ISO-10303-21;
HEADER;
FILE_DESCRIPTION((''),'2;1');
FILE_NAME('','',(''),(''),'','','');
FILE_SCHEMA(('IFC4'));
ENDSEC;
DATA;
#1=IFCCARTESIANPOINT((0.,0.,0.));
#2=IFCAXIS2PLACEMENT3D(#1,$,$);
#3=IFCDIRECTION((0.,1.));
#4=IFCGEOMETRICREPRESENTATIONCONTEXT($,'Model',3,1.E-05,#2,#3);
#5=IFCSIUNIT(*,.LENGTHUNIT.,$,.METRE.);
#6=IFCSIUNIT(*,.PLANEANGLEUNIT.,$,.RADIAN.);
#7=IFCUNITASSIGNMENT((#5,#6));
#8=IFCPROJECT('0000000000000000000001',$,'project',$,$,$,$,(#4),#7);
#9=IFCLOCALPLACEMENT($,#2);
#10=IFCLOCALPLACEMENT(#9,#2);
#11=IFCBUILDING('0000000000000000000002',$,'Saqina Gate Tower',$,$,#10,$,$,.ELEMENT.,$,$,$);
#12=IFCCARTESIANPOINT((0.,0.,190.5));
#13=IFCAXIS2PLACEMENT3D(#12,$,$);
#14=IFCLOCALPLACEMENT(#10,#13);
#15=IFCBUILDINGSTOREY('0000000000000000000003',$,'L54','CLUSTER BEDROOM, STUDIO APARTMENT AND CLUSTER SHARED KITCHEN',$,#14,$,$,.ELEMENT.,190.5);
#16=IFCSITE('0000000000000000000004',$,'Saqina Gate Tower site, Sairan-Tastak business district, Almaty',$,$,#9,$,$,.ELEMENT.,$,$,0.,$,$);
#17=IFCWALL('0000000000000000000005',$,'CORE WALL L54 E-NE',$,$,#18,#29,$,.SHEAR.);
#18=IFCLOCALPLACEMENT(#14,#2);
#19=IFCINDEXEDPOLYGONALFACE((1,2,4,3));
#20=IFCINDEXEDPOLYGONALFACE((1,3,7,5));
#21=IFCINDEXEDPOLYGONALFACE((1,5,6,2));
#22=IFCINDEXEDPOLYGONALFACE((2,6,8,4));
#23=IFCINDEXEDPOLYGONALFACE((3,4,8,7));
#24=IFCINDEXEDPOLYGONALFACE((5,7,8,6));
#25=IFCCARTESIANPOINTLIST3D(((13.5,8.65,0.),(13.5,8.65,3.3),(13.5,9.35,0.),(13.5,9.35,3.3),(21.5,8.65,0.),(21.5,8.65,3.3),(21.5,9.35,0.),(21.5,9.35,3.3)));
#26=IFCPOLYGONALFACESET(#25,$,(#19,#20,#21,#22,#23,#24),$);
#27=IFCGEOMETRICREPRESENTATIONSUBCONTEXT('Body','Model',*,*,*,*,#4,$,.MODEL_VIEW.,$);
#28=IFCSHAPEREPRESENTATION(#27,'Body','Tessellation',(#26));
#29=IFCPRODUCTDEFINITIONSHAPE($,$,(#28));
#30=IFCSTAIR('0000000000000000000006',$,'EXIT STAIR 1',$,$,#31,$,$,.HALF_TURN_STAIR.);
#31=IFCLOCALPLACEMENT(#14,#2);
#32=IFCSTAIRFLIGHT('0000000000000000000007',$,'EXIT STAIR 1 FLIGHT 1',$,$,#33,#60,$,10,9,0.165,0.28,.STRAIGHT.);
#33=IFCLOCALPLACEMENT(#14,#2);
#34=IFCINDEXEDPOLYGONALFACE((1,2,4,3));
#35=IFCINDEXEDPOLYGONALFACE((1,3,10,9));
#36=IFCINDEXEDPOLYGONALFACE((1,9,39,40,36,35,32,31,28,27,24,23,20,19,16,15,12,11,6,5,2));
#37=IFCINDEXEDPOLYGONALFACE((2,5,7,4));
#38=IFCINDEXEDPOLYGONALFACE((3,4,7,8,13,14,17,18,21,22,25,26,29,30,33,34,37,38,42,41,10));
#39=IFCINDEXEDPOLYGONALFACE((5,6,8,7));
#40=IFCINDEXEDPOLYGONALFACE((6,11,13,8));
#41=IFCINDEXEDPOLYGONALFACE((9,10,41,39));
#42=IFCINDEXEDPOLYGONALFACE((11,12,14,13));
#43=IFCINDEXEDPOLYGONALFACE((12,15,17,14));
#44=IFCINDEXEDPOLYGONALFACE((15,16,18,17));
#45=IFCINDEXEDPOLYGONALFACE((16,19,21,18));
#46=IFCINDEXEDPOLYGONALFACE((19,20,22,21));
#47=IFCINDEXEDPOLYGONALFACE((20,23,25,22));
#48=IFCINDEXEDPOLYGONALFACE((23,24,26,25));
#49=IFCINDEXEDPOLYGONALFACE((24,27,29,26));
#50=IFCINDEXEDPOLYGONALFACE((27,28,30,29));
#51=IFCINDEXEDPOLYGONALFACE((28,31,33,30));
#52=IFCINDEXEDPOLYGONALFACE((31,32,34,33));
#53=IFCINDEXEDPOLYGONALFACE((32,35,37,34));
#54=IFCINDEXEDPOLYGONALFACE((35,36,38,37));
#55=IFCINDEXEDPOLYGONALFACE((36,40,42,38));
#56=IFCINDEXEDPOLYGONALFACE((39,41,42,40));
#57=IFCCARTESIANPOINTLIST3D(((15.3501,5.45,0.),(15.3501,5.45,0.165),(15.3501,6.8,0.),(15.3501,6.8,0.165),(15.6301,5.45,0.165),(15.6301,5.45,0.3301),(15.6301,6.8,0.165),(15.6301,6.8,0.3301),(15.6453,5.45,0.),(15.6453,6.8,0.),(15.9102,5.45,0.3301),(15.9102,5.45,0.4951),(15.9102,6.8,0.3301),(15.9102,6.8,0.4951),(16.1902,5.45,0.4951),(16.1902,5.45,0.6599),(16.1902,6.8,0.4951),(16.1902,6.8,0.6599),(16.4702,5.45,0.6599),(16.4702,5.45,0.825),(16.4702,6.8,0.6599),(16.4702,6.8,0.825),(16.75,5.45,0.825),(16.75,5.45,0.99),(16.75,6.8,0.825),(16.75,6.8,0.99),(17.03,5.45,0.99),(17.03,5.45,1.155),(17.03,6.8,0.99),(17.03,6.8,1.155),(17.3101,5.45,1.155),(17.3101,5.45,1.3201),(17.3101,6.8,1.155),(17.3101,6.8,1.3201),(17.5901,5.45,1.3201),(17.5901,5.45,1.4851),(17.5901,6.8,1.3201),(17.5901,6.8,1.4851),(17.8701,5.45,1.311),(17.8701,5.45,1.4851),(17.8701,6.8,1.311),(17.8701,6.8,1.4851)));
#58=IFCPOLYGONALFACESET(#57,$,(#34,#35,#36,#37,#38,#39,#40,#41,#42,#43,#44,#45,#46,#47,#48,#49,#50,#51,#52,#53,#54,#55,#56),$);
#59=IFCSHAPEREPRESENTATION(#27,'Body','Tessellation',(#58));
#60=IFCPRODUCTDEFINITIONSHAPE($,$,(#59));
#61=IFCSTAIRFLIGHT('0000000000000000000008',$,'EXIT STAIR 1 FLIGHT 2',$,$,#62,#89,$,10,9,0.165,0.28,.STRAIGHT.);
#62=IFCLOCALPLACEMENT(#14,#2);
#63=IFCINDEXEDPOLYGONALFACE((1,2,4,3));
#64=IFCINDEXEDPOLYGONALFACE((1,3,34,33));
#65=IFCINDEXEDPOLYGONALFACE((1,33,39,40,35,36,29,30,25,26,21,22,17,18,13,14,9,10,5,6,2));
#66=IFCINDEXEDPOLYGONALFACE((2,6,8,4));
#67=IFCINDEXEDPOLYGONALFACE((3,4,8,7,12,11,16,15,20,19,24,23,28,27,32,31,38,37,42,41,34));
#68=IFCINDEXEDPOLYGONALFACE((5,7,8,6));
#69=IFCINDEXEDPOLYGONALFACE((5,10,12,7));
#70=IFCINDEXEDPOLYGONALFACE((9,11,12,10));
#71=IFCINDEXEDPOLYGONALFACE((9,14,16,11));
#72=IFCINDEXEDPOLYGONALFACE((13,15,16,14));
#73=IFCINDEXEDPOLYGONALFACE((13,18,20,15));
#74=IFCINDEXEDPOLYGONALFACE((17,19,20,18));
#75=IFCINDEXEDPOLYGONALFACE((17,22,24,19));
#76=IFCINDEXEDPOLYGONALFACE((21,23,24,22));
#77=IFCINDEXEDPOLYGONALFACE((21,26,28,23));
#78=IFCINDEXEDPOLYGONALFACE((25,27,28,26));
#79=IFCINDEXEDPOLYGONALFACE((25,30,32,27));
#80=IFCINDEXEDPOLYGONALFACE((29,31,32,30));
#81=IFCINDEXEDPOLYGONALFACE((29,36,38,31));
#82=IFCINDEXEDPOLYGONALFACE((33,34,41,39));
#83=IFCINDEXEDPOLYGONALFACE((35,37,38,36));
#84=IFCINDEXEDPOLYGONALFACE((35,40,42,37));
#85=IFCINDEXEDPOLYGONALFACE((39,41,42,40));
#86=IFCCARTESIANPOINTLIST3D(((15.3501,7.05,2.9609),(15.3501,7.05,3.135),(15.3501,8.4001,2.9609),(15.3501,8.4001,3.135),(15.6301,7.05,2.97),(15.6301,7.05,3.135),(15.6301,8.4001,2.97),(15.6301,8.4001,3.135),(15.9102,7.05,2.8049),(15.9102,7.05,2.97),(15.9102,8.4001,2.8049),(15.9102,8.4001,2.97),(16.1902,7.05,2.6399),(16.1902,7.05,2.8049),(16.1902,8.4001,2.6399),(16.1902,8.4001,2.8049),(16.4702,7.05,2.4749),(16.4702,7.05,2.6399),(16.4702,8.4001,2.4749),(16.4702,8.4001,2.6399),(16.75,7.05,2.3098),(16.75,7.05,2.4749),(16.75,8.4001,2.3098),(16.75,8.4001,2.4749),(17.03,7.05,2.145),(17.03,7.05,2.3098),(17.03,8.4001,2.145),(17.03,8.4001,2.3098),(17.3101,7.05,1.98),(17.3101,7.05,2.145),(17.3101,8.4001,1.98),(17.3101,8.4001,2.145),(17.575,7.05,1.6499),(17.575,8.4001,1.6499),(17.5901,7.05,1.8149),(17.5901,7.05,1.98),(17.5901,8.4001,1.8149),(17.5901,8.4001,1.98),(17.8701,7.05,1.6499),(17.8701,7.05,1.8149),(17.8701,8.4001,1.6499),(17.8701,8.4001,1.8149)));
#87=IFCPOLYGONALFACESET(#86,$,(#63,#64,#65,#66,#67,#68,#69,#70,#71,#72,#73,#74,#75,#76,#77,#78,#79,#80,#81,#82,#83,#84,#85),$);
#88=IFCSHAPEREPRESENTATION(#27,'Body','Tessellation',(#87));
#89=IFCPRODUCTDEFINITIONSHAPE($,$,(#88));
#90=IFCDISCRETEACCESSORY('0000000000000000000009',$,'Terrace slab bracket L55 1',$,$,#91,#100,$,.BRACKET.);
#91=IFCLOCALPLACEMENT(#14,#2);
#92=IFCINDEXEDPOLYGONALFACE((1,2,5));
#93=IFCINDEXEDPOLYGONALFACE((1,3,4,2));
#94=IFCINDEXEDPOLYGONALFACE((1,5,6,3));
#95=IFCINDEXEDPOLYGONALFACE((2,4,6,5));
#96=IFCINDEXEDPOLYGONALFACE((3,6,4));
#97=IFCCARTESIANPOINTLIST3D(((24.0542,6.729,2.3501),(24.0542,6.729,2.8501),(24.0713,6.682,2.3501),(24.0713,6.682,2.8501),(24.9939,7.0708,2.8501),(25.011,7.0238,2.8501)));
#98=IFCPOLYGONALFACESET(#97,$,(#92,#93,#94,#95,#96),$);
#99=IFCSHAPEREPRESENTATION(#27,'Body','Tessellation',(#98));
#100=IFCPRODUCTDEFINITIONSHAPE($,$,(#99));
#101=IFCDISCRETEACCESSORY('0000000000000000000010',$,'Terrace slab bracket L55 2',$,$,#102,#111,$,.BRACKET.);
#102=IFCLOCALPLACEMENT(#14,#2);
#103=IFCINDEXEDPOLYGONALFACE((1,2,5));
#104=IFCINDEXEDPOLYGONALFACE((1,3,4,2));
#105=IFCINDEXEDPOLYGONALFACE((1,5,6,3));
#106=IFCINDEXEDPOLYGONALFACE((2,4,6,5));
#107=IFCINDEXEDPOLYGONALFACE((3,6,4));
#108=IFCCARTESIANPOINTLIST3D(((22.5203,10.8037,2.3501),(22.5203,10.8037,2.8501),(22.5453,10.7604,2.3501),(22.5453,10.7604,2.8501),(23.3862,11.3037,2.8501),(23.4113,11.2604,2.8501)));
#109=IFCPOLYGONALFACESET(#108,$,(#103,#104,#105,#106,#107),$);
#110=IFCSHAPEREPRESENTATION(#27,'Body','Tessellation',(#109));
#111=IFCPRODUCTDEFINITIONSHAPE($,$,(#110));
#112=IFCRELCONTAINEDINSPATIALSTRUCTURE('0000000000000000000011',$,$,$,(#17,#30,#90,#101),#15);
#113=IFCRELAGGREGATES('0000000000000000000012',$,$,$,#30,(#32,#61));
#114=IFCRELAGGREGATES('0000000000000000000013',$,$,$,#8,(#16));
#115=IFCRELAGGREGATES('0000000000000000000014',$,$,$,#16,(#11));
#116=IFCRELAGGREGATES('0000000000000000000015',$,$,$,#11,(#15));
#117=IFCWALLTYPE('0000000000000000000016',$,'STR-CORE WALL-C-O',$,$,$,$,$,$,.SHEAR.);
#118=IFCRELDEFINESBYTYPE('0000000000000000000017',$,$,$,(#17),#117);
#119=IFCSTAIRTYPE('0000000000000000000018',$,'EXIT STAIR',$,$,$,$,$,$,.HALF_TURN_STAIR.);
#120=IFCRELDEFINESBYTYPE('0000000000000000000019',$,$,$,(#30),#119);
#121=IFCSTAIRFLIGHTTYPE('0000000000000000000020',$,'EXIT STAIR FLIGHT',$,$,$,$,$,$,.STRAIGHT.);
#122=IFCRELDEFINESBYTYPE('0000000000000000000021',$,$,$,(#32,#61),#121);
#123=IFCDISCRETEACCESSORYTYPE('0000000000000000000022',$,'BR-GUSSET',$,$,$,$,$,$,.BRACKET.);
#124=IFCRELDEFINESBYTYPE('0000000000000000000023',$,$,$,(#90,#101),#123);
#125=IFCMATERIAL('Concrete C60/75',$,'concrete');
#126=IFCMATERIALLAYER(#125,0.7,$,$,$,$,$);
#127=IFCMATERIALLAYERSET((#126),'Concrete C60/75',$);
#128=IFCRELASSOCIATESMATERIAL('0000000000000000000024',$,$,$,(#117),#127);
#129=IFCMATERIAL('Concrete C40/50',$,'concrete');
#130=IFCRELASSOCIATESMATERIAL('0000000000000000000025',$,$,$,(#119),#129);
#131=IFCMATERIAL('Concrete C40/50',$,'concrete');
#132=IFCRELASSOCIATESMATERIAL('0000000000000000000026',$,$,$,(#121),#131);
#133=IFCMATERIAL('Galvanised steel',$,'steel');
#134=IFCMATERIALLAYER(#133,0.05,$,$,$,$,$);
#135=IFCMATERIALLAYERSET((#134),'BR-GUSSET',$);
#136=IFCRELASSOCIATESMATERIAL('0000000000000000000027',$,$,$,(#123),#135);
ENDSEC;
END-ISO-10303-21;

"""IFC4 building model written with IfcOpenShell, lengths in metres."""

from ifc_helpers import new_model, si_unit, direction, frame, frame_2d, origin, place, context, subcontext, project, spatial, polyline, rectangle, outline, extrude, material, layer, layer_set, type_object, element, aggregate, save


model = new_model("IFC4")

# Units and contexts
model_context = context("Model", 3, precision=1e-05, world=origin(), true_north=direction((0.0, 1.0)))
body_context = subcontext(model_context, "Body", "Model", "MODEL_VIEW")
ifc_project = project(units=[si_unit("LENGTHUNIT", "METRE"), si_unit("PLANEANGLEUNIT", "RADIAN")], contexts=[model_context])

# Site, building, storey
site_placement = place(None, origin())
site = spatial("IfcSite", under=ifc_project, at=site_placement, Name="Saqina Gate Tower site, Sairan-Tastak business district, Almaty", CompositionType="ELEMENT", RefElevation=0.0)
building_placement = place(site_placement, origin())
building = spatial("IfcBuilding", under=site, at=building_placement, Name="Saqina Gate Tower", CompositionType="ELEMENT")
storey_placement = place(building_placement, frame((0.0, 0.0, 190.5)))
storey = spatial("IfcBuildingStorey", under=building, at=storey_placement, Name="L54", Description="CLUSTER BEDROOM, STUDIO APARTMENT AND CLUSTER SHARED KITCHEN", CompositionType="ELEMENT", Elevation=190.5)

# Wall
ifc_material_1 = material(Name="Concrete C60/75", Category="concrete")
ifc_layer_1 = layer(ifc_material_1, 0.7)
ifc_layer_set_1 = layer_set([ifc_layer_1], Name="Concrete C60/75")
wall_type_1 = type_object("IfcWallType", Name="STR-CORE WALL-C-O", PredefinedType="SHEAR", material=ifc_layer_set_1)
wall_1_placement = place(storey_placement, frame((13.5, 9.0, 0.0), z_axis=(0.0, 0.0, 1.0), x_axis=(1.0, 0.0, 0.0)))
element("IfcWall", 1, at=wall_1_placement, inside=storey, type_object=wall_type_1, Name="CORE WALL L54 E-NE", PredefinedType="SHEAR", context=body_context, shape_type="SweptSolid", body=[
    extrude(rectangle(XDim=8.0, YDim=0.7, at=frame_2d((4.0, 0.0))), origin(), (0.0, 0.0, 1.0), 3.3),
])

# Stair, stair flights
ifc_material_2 = material(Name="Concrete C40/50", Category="concrete")
stair_type = type_object("IfcStairType", Name="EXIT STAIR", PredefinedType="HALF_TURN_STAIR", material=ifc_material_2)
stair_placement = place(storey_placement, origin())
stair = element("IfcStair", 2, at=stair_placement, inside=storey, type_object=stair_type, Name="EXIT STAIR 1", PredefinedType="HALF_TURN_STAIR")
ifc_material_3 = material(Name="Concrete C40/50", Category="concrete")
stair_flight_type = type_object("IfcStairFlightType", Name="EXIT STAIR FLIGHT", PredefinedType="STRAIGHT", material=ifc_material_3)
stair_flight_1_placement = place(storey_placement, frame((15.3501, 6.125, 0.0), z_axis=(0.0, 0.0, 1.0), x_axis=(1.0, 0.0, 0.0)))
stair_flight_1 = element("IfcStairFlight", 3, at=stair_flight_1_placement, type_object=stair_flight_type, Name="EXIT STAIR 1 FLIGHT 1", NumberOfRisers=10, NumberOfTreads=9, PredefinedType="STRAIGHT", RiserHeight=0.165, TreadLength=0.28, context=body_context, shape_type="SweptSolid", body=[
    extrude(outline(polyline([(0.0, 0.0), (0.0, 0.165), (0.28, 0.165), (0.28, 0.3301), (0.5601, 0.3301), (0.5601, 0.4951), (0.8401, 0.4951), (0.8401, 0.6599), (1.1201, 0.6599), (1.1201, 0.825), (1.3999, 0.825), (1.3999, 0.99), (1.6799, 0.99), (1.6799, 1.155), (1.96, 1.155), (1.96, 1.3201), (2.24, 1.3201), (2.24, 1.4851), (2.52, 1.4851), (2.52, 1.6499), (2.52, 1.311), (0.2952, 0.0), (0.0, 0.0)])), frame((0.0, 0.675, 0.0), z_axis=(0.0, -1.0, 0.0), x_axis=(1.0, 0.0, 0.0)), (0.0, 0.0, 1.0), 1.3501),
])
stair_flight_2_placement = place(storey_placement, frame((17.8701, 7.7251, 1.6499), z_axis=(0.0, 0.0, 1.0), x_axis=(-1.0, 0.0, 0.0)))
stair_flight_2 = element("IfcStairFlight", 4, at=stair_flight_2_placement, type_object=stair_flight_type, Name="EXIT STAIR 1 FLIGHT 2", NumberOfRisers=10, NumberOfTreads=9, PredefinedType="STRAIGHT", RiserHeight=0.165, TreadLength=0.28, context=body_context, shape_type="SweptSolid", body=[
    extrude(outline(polyline([(0.0, 0.0), (0.0, 0.165), (0.28, 0.165), (0.28, 0.3301), (0.5601, 0.3301), (0.5601, 0.4951), (0.8401, 0.4951), (0.8401, 0.6599), (1.1201, 0.6599), (1.1201, 0.825), (1.3999, 0.825), (1.3999, 0.99), (1.6799, 0.99), (1.6799, 1.155), (1.96, 1.155), (1.96, 1.3201), (2.24, 1.3201), (2.24, 1.4851), (2.52, 1.4851), (2.52, 1.6499), (2.52, 1.311), (0.2952, 0.0), (0.0, 0.0)])), frame((0.0, 0.675, 0.0), z_axis=(0.0, -1.0, 0.0), x_axis=(1.0, 0.0, 0.0)), (0.0, 0.0, 1.0), 1.3501),
])
aggregate(stair, [stair_flight_1, stair_flight_2])

# Discrete accessories
ifc_material_4 = material(Name="Galvanised steel", Category="steel")
ifc_layer_2 = layer(ifc_material_4, 0.05)
ifc_layer_set_2 = layer_set([ifc_layer_2], Name="BR-GUSSET")
discrete_accessory_type = type_object("IfcDiscreteAccessoryType", Name="BR-GUSSET", PredefinedType="BRACKET", material=ifc_layer_set_2)
discrete_accessory_1_placement = place(storey_placement, frame((24.0542, 6.729, 2.3501), z_axis=(-0.341821, 0.939765, 0.0), x_axis=(0.0, 0.0, 1.0)))
element("IfcDiscreteAccessory", 5, at=discrete_accessory_1_placement, inside=storey, type_object=discrete_accessory_type, Name="Terrace slab bracket L55 1", PredefinedType="BRACKET", context=body_context, shape_type="SweptSolid", body=[
    extrude(outline(polyline([(0.0, 0.0), (0.5, 0.0), (0.5, 0.9999), (0.0, 0.0)])), origin(), (0.0, 0.0, -1.0), 0.05),
])
discrete_accessory_2_placement = place(storey_placement, frame((22.5203, 10.8037, 2.3501), z_axis=(-0.500025, 0.866011, 0.0), x_axis=(0.0, 0.0, 1.0)))
element("IfcDiscreteAccessory", 6, at=discrete_accessory_2_placement, inside=storey, type_object=discrete_accessory_type, Name="Terrace slab bracket L55 2", PredefinedType="BRACKET", context=body_context, shape_type="SweptSolid", body=[
    extrude(outline(polyline([(0.0, 0.0), (0.5, 0.0), (0.5, 0.9999), (0.0, 0.0)])), origin(), (0.0, 0.0, -1.0), 0.05),
])

save(model, "model.ifc")
